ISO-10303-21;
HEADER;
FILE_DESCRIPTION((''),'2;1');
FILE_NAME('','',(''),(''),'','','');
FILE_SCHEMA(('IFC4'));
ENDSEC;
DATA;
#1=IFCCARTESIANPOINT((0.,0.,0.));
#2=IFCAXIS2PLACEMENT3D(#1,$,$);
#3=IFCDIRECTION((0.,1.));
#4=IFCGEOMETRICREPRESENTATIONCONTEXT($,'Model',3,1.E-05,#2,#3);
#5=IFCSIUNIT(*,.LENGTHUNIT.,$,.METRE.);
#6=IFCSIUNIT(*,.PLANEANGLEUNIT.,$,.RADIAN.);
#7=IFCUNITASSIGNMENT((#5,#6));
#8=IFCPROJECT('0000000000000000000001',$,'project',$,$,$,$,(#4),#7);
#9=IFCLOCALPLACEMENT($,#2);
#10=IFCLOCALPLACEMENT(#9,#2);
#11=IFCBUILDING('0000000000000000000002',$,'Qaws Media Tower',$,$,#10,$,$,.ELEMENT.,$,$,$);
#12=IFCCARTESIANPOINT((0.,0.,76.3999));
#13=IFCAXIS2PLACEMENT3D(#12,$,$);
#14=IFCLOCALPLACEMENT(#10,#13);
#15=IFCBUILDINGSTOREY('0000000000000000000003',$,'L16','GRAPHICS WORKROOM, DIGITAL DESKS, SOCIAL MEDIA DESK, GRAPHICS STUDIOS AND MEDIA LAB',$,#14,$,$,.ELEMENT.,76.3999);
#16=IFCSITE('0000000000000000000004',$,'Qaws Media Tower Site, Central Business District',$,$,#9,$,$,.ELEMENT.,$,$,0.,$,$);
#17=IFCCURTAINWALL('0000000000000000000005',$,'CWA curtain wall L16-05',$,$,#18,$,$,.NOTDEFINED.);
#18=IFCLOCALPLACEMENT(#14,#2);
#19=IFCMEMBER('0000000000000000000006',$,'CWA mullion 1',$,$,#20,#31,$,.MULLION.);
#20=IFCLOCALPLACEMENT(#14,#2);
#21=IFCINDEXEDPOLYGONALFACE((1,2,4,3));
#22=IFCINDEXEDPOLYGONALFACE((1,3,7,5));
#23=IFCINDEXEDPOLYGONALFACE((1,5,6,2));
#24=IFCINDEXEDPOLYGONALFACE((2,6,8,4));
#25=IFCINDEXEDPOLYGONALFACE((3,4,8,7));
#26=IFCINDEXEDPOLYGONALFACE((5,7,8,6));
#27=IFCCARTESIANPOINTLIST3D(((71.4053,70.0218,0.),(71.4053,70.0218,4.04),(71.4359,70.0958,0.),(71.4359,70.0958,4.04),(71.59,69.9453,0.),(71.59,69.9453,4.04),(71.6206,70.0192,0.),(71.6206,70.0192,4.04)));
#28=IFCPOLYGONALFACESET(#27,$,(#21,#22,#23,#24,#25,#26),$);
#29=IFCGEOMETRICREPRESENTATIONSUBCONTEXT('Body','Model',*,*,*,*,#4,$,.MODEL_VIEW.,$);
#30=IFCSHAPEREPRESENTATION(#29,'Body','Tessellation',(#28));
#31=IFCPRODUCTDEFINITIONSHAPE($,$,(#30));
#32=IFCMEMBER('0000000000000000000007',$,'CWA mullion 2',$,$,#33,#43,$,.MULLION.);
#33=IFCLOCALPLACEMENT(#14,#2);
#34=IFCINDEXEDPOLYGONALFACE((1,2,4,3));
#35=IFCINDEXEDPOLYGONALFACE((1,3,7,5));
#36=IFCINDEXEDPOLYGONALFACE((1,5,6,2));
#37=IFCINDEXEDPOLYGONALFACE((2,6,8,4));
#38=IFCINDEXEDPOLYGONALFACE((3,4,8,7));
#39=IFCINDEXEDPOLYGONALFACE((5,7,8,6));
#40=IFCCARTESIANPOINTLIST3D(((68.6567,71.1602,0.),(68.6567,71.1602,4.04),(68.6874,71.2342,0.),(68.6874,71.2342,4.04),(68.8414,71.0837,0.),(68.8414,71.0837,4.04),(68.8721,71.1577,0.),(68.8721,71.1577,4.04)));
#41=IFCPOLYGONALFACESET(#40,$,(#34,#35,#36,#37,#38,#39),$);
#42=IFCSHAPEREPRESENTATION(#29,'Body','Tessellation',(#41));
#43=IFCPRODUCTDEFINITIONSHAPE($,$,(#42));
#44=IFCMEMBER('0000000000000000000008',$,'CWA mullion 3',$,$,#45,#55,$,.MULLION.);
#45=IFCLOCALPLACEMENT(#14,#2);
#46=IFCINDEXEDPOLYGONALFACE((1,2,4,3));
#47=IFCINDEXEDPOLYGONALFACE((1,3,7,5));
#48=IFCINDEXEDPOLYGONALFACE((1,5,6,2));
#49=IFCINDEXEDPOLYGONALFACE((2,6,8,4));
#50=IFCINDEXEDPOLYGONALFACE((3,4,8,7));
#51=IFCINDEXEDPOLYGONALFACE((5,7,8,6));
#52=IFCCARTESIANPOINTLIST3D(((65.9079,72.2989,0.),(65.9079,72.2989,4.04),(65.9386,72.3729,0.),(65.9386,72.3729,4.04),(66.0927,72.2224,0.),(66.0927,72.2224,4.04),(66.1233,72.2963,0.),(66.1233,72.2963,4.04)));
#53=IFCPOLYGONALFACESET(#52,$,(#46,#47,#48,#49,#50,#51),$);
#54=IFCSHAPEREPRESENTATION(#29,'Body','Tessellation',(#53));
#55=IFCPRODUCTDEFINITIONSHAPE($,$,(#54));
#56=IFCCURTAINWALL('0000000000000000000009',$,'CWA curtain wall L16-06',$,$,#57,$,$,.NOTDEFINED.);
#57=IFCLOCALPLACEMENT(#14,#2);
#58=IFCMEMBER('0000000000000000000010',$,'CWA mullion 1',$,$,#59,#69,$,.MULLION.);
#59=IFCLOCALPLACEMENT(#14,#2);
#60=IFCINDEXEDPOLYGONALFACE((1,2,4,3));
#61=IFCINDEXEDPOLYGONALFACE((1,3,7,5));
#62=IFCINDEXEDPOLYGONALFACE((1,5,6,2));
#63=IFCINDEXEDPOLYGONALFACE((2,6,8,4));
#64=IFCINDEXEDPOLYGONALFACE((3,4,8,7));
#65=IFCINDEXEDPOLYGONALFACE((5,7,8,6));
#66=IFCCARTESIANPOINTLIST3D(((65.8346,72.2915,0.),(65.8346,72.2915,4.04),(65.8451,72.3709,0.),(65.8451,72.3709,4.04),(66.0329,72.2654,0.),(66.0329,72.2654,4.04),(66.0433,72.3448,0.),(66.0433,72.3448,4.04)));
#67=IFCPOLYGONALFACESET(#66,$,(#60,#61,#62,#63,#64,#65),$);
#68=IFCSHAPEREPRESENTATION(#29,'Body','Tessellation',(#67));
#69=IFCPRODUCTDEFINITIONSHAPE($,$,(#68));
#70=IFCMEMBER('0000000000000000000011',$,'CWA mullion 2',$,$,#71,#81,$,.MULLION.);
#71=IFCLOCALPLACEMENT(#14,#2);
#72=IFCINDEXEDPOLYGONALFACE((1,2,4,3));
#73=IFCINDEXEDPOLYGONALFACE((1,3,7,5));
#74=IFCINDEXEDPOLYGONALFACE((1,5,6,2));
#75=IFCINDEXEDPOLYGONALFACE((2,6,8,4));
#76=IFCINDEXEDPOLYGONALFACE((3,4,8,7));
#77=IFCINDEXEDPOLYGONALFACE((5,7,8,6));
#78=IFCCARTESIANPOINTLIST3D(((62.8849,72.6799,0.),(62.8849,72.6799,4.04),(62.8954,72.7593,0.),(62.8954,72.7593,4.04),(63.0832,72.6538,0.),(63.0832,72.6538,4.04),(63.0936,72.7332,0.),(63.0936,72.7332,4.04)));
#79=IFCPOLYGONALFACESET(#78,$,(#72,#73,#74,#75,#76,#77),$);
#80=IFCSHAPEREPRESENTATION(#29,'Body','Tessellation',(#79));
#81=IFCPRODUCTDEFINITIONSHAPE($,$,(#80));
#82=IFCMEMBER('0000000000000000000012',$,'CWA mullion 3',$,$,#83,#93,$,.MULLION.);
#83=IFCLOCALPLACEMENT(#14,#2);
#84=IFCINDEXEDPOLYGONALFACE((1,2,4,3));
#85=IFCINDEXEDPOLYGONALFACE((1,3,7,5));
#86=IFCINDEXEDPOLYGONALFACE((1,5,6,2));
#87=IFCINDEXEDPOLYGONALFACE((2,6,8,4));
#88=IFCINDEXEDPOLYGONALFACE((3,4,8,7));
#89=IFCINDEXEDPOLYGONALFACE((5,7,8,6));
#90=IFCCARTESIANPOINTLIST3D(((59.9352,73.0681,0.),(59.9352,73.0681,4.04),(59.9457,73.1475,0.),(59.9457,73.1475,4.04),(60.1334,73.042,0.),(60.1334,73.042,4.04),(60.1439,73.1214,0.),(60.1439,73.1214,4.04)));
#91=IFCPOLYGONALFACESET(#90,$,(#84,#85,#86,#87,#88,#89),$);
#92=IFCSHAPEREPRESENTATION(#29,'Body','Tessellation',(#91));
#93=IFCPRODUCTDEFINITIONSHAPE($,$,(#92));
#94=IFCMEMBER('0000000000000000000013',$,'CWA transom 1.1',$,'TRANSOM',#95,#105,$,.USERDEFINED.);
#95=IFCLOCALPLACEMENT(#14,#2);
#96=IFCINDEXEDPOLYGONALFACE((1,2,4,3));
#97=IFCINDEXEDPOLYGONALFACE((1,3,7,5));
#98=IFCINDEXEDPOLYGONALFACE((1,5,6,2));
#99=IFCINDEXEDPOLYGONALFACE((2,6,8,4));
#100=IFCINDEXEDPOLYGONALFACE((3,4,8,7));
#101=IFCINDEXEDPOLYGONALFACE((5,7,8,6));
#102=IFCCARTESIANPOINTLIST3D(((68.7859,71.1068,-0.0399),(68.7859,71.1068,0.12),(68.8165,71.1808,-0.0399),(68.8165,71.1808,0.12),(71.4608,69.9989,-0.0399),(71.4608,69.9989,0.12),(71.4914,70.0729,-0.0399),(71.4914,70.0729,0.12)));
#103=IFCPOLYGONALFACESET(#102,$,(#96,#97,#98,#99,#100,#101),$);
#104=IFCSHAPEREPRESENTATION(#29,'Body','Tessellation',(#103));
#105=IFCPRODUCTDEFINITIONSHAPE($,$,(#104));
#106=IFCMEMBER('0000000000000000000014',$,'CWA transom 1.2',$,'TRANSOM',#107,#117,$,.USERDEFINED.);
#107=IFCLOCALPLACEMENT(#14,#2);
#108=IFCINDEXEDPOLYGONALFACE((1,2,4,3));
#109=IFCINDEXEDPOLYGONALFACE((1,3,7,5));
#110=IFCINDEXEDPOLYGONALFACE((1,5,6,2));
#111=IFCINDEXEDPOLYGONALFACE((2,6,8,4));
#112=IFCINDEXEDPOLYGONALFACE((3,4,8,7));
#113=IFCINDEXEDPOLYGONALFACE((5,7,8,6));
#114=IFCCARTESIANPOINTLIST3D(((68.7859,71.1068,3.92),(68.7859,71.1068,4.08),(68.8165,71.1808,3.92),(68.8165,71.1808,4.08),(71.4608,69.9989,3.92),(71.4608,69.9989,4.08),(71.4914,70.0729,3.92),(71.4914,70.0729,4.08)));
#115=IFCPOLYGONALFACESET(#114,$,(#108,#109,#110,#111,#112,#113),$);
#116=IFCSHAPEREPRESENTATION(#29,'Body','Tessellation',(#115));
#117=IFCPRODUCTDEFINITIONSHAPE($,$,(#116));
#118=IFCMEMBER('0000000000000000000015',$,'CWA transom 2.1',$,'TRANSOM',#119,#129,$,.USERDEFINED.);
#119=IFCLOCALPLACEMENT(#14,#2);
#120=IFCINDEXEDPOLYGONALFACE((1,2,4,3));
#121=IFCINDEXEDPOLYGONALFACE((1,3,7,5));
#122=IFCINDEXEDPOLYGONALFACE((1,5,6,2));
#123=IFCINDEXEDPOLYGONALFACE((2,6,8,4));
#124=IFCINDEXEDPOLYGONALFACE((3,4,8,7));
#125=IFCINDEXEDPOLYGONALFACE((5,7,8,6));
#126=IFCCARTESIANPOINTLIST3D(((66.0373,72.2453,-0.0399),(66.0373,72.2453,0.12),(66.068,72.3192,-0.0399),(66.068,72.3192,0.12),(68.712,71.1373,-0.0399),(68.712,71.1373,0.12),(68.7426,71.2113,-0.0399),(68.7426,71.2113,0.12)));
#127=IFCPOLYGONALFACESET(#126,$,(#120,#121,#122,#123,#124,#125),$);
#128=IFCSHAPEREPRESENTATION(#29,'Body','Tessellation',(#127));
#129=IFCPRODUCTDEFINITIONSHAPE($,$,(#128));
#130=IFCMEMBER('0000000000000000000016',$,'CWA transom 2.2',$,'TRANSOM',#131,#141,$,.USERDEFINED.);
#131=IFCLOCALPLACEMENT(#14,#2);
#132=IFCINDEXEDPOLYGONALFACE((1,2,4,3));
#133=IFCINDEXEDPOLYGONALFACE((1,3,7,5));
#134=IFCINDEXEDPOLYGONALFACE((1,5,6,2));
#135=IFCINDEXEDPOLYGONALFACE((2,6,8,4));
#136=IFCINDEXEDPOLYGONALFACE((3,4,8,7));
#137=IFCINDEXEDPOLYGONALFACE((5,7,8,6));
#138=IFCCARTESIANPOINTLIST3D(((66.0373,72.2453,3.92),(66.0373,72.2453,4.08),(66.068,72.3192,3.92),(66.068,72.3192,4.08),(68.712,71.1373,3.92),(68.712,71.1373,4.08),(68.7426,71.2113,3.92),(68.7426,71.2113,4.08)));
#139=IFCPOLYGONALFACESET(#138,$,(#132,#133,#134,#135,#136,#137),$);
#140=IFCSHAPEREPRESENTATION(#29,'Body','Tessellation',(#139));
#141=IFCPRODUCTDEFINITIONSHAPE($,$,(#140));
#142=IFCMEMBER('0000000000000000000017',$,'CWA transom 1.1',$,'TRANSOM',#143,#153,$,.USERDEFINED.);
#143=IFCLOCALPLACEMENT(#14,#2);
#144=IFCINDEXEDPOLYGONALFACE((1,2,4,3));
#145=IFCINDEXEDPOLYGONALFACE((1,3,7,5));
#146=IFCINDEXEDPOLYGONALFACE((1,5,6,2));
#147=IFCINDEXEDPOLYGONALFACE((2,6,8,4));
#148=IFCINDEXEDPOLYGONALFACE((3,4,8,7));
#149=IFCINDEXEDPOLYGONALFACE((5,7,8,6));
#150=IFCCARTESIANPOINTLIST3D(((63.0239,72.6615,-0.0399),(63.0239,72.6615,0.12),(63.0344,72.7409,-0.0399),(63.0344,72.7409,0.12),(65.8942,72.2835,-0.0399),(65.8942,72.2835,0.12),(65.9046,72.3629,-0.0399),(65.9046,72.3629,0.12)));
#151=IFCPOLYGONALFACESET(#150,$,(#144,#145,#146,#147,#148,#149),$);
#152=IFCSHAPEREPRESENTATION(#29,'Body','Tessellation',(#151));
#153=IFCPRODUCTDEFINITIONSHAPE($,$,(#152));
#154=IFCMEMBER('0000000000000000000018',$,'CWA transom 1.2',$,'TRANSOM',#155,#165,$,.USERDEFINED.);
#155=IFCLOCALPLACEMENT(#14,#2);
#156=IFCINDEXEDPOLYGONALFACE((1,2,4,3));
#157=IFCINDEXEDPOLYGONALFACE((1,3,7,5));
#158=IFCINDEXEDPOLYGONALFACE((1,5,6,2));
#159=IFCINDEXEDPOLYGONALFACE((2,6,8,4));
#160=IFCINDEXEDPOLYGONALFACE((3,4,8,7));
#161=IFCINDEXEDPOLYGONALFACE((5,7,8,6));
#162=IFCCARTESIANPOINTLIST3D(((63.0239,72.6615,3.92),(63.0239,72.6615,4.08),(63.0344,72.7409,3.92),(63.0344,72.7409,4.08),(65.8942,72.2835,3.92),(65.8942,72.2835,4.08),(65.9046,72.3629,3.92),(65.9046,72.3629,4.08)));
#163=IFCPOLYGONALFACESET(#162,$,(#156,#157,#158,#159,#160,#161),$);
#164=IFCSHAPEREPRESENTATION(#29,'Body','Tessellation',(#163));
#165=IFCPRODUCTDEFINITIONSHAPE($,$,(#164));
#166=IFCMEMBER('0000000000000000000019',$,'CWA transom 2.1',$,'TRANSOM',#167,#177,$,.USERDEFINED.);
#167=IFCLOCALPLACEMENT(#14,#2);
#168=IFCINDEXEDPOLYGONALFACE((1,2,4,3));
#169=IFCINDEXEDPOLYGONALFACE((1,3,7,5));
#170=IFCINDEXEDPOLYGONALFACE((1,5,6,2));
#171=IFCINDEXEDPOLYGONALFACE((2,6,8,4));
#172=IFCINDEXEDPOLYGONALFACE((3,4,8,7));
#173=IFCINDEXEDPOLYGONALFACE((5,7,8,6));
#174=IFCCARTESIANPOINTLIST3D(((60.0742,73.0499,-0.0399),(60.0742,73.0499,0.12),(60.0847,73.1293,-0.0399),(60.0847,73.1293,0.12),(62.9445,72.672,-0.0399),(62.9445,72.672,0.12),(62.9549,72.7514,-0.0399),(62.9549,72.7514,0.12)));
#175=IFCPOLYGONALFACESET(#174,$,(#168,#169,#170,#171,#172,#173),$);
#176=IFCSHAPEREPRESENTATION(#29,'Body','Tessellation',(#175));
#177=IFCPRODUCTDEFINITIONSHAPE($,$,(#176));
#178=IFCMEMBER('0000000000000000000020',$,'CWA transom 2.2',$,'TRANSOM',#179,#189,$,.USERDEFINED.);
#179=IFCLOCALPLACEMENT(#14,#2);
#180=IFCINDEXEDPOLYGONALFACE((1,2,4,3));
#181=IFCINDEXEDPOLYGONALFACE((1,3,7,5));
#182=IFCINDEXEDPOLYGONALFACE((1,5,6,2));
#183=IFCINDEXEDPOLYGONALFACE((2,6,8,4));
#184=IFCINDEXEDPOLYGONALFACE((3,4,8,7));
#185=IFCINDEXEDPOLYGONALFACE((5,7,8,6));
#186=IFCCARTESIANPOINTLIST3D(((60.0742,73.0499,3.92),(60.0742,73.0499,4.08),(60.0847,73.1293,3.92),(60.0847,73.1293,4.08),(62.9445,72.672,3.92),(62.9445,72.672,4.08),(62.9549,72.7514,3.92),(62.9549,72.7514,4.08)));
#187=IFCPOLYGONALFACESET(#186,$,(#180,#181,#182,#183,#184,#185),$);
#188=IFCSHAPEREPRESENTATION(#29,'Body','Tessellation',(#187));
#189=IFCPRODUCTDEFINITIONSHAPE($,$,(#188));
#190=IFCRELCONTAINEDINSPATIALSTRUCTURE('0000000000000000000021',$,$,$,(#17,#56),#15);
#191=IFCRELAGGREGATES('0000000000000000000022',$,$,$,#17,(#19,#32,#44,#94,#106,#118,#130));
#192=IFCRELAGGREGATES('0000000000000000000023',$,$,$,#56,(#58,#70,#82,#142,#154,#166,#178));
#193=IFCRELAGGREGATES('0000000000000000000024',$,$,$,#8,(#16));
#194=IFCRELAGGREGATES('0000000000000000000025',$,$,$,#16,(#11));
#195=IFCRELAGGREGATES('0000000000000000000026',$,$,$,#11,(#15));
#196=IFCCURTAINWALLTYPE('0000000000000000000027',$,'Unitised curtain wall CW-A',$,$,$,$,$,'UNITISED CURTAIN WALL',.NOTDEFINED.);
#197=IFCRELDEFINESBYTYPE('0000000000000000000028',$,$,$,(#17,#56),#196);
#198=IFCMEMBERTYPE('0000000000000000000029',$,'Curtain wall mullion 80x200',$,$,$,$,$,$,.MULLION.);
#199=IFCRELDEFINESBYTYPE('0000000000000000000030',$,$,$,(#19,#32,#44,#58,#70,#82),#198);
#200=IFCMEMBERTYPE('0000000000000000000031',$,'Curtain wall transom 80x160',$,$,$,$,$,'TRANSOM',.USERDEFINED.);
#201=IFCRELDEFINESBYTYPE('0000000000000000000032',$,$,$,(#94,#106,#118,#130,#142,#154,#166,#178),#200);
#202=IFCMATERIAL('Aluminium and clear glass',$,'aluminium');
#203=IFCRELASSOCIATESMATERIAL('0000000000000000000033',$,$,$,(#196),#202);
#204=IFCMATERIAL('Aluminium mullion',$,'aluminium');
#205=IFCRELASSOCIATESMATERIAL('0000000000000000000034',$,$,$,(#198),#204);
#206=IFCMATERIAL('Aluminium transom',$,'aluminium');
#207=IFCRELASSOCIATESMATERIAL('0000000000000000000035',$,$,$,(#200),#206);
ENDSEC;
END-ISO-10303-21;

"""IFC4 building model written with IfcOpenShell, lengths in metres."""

from ifc_helpers import new_model, si_unit, direction, frame, origin, origin_2d, place, context, subcontext, project, spatial, rectangle, extrude, material, material_profile, profile_set, type_object, element, aggregate, save


model = new_model("IFC4")

# Units and contexts
model_context = context("Model", 3, precision=1e-05, world=origin(), true_north=direction((0.0, 1.0)))
body_context = subcontext(model_context, "Body", "Model", "MODEL_VIEW")
ifc_project = project(units=[si_unit("LENGTHUNIT", "METRE"), si_unit("PLANEANGLEUNIT", "RADIAN")], contexts=[model_context])

# Site, building, storey
site_placement = place(None, origin())
site = spatial("IfcSite", under=ifc_project, at=site_placement, Name="Qaws Media Tower Site, Central Business District", CompositionType="ELEMENT", RefElevation=0.0)
building_placement = place(site_placement, origin())
building = spatial("IfcBuilding", under=site, at=building_placement, Name="Qaws Media Tower", CompositionType="ELEMENT")
storey_placement = place(building_placement, frame((0.0, 0.0, 76.3999)))
storey = spatial("IfcBuildingStorey", under=building, at=storey_placement, Name="L16", Description="GRAPHICS WORKROOM, DIGITAL DESKS, SOCIAL MEDIA DESK, GRAPHICS STUDIOS AND MEDIA LAB", CompositionType="ELEMENT", Elevation=76.3999)

# Curtain walls, members
ifc_material_1 = material(Name="Aluminium and clear glass", Category="aluminium")
curtain_wall_type = type_object("IfcCurtainWallType", Name="Unitised curtain wall CW-A", ElementType="UNITISED CURTAIN WALL", PredefinedType="NOTDEFINED", material=ifc_material_1)
curtain_wall_1_placement = place(storey_placement, origin())
curtain_wall_1 = element("IfcCurtainWall", 1, at=curtain_wall_1_placement, inside=storey, type_object=curtain_wall_type, Name="CWA curtain wall L16-05", PredefinedType="NOTDEFINED")
ifc_material_2 = material(Name="Aluminium mullion", Category="aluminium")
ifc_material_profile_1 = material_profile(ifc_material_2, rectangle(XDim=0.0801, YDim=0.2, at=origin_2d()), Name="80x200")
ifc_profile_set_1 = profile_set([ifc_material_profile_1], Name="Aluminium mullion")
member_type_1 = type_object("IfcMemberType", Name="Curtain wall mullion 80x200", PredefinedType="MULLION", material=ifc_profile_set_1)
member_1_placement = place(storey_placement, frame((71.5129, 70.0205, 0.0), z_axis=(0.0, 0.0, 1.0), x_axis=(-0.382683, -0.92388, 0.0)))
member_1 = element("IfcMember", 2, at=member_1_placement, type_object=member_type_1, Name="CWA mullion 1", PredefinedType="MULLION", context=body_context, shape_type="SweptSolid", body=[
    extrude(rectangle(XDim=0.0801, YDim=0.2, at=origin_2d()), origin(), (0.0, 0.0, 1.0), 4.04),
])
member_2_placement = place(storey_placement, frame((68.7644, 71.1589, 0.0), z_axis=(0.0, 0.0, 1.0), x_axis=(-0.382683, -0.92388, 0.0)))
member_2 = element("IfcMember", 3, at=member_2_placement, type_object=member_type_1, Name="CWA mullion 2", PredefinedType="MULLION", context=body_context, shape_type="SweptSolid", body=[
    extrude(rectangle(XDim=0.0801, YDim=0.2, at=origin_2d()), origin(), (0.0, 0.0, 1.0), 4.04),
])
member_3_placement = place(storey_placement, frame((66.0156, 72.2976, 0.0), z_axis=(0.0, 0.0, 1.0), x_axis=(-0.382683, -0.92388, 0.0)))
member_3 = element("IfcMember", 4, at=member_3_placement, type_object=member_type_1, Name="CWA mullion 3", PredefinedType="MULLION", context=body_context, shape_type="SweptSolid", body=[
    extrude(rectangle(XDim=0.0801, YDim=0.2, at=origin_2d()), origin(), (0.0, 0.0, 1.0), 4.04),
])
curtain_wall_2_placement = place(storey_placement, origin())
curtain_wall_2 = element("IfcCurtainWall", 5, at=curtain_wall_2_placement, inside=storey, type_object=curtain_wall_type, Name="CWA curtain wall L16-06", PredefinedType="NOTDEFINED")
member_4_placement = place(storey_placement, frame((65.939, 72.3181, 0.0), z_axis=(0.0, 0.0, 1.0), x_axis=(-0.130526, -0.991445, 0.0)))
member_4 = element("IfcMember", 6, at=member_4_placement, type_object=member_type_1, Name="CWA mullion 1", PredefinedType="MULLION", context=body_context, shape_type="SweptSolid", body=[
    extrude(rectangle(XDim=0.0801, YDim=0.2, at=origin_2d()), origin(), (0.0, 0.0, 1.0), 4.04),
])
member_5_placement = place(storey_placement, frame((62.9893, 72.7065, 0.0), z_axis=(0.0, 0.0, 1.0), x_axis=(-0.130526, -0.991445, 0.0)))
member_5 = element("IfcMember", 7, at=member_5_placement, type_object=member_type_1, Name="CWA mullion 2", PredefinedType="MULLION", context=body_context, shape_type="SweptSolid", body=[
    extrude(rectangle(XDim=0.0801, YDim=0.2, at=origin_2d()), origin(), (0.0, 0.0, 1.0), 4.04),
])
member_6_placement = place(storey_placement, frame((60.0396, 73.0947, 0.0), z_axis=(0.0, 0.0, 1.0), x_axis=(-0.130526, -0.991445, 0.0)))
member_6 = element("IfcMember", 8, at=member_6_placement, type_object=member_type_1, Name="CWA mullion 3", PredefinedType="MULLION", context=body_context, shape_type="SweptSolid", body=[
    extrude(rectangle(XDim=0.0801, YDim=0.2, at=origin_2d()), origin(), (0.0, 0.0, 1.0), 4.04),
])

# Members
ifc_material_3 = material(Name="Aluminium transom", Category="aluminium")
ifc_material_profile_2 = material_profile(ifc_material_3, rectangle(XDim=0.0801, YDim=0.1599, at=origin_2d()), Name="80x160")
ifc_profile_set_2 = profile_set([ifc_material_profile_2], Name="Aluminium transom")
member_type_2 = type_object("IfcMemberType", Name="Curtain wall transom 80x160", ElementType="TRANSOM", PredefinedType="USERDEFINED", material=ifc_profile_set_2)
member_7_placement = place(storey_placement, frame((71.4761, 70.0359, 0.04), z_axis=(-0.923883, 0.382675, 0.0), x_axis=(-0.382675, -0.923883, 0.0)))
member_7 = element("IfcMember", 9, at=member_7_placement, type_object=member_type_2, Name="CWA transom 1.1", ObjectType="TRANSOM", PredefinedType="USERDEFINED", context=body_context, shape_type="SweptSolid", body=[
    extrude(rectangle(XDim=0.0801, YDim=0.1599, at=origin_2d()), origin(), (0.0, 0.0, 1.0), 2.8953),
])
member_8_placement = place(storey_placement, frame((71.4761, 70.0359, 4.0), z_axis=(-0.923883, 0.382675, 0.0), x_axis=(-0.382675, -0.923883, 0.0)))
member_8 = element("IfcMember", 10, at=member_8_placement, type_object=member_type_2, Name="CWA transom 1.2", ObjectType="TRANSOM", PredefinedType="USERDEFINED", context=body_context, shape_type="SweptSolid", body=[
    extrude(rectangle(XDim=0.0801, YDim=0.1599, at=origin_2d()), origin(), (0.0, 0.0, 1.0), 2.8953),
])
member_9_placement = place(storey_placement, frame((68.7273, 71.1743, 0.04), z_axis=(-0.923871, 0.382704, 0.0), x_axis=(-0.382704, -0.923871, 0.0)))
member_9 = element("IfcMember", 11, at=member_9_placement, type_object=member_type_2, Name="CWA transom 2.1", ObjectType="TRANSOM", PredefinedType="USERDEFINED", context=body_context, shape_type="SweptSolid", body=[
    extrude(rectangle(XDim=0.0801, YDim=0.1599, at=origin_2d()), origin(), (0.0, 0.0, 1.0), 2.895),
])
member_10_placement = place(storey_placement, frame((68.7273, 71.1743, 4.0), z_axis=(-0.923871, 0.382704, 0.0), x_axis=(-0.382704, -0.923871, 0.0)))
member_10 = element("IfcMember", 12, at=member_10_placement, type_object=member_type_2, Name="CWA transom 2.2", ObjectType="TRANSOM", PredefinedType="USERDEFINED", context=body_context, shape_type="SweptSolid", body=[
    extrude(rectangle(XDim=0.0801, YDim=0.1599, at=origin_2d()), origin(), (0.0, 0.0, 1.0), 2.895),
])
member_11_placement = place(storey_placement, frame((65.8994, 72.3232, 0.04), z_axis=(-0.991443, 0.13054, 0.0), x_axis=(-0.13054, -0.991443, 0.0)))
member_11 = element("IfcMember", 13, at=member_11_placement, type_object=member_type_2, Name="CWA transom 1.1", ObjectType="TRANSOM", PredefinedType="USERDEFINED", context=body_context, shape_type="SweptSolid", body=[
    extrude(rectangle(XDim=0.0801, YDim=0.1599, at=origin_2d()), origin(), (0.0, 0.0, 1.0), 2.895),
])
member_12_placement = place(storey_placement, frame((65.8994, 72.3232, 4.0), z_axis=(-0.991443, 0.13054, 0.0), x_axis=(-0.13054, -0.991443, 0.0)))
member_12 = element("IfcMember", 14, at=member_12_placement, type_object=member_type_2, Name="CWA transom 1.2", ObjectType="TRANSOM", PredefinedType="USERDEFINED", context=body_context, shape_type="SweptSolid", body=[
    extrude(rectangle(XDim=0.0801, YDim=0.1599, at=origin_2d()), origin(), (0.0, 0.0, 1.0), 2.895),
])
member_13_placement = place(storey_placement, frame((62.9497, 72.7117, 0.04), z_axis=(-0.991443, 0.13054, 0.0), x_axis=(-0.13054, -0.991443, 0.0)))
member_13 = element("IfcMember", 15, at=member_13_placement, type_object=member_type_2, Name="CWA transom 2.1", ObjectType="TRANSOM", PredefinedType="USERDEFINED", context=body_context, shape_type="SweptSolid", body=[
    extrude(rectangle(XDim=0.0801, YDim=0.1599, at=origin_2d()), origin(), (0.0, 0.0, 1.0), 2.895),
])
member_14_placement = place(storey_placement, frame((62.9497, 72.7117, 4.0), z_axis=(-0.991443, 0.13054, 0.0), x_axis=(-0.13054, -0.991443, 0.0)))
member_14 = element("IfcMember", 16, at=member_14_placement, type_object=member_type_2, Name="CWA transom 2.2", ObjectType="TRANSOM", PredefinedType="USERDEFINED", context=body_context, shape_type="SweptSolid", body=[
    extrude(rectangle(XDim=0.0801, YDim=0.1599, at=origin_2d()), origin(), (0.0, 0.0, 1.0), 2.895),
])

aggregate(curtain_wall_1, [member_1, member_2, member_3, member_7, member_8, member_9, member_10])
aggregate(curtain_wall_2, [member_4, member_5, member_6, member_11, member_12, member_13, member_14])

save(model, "model.ifc")
